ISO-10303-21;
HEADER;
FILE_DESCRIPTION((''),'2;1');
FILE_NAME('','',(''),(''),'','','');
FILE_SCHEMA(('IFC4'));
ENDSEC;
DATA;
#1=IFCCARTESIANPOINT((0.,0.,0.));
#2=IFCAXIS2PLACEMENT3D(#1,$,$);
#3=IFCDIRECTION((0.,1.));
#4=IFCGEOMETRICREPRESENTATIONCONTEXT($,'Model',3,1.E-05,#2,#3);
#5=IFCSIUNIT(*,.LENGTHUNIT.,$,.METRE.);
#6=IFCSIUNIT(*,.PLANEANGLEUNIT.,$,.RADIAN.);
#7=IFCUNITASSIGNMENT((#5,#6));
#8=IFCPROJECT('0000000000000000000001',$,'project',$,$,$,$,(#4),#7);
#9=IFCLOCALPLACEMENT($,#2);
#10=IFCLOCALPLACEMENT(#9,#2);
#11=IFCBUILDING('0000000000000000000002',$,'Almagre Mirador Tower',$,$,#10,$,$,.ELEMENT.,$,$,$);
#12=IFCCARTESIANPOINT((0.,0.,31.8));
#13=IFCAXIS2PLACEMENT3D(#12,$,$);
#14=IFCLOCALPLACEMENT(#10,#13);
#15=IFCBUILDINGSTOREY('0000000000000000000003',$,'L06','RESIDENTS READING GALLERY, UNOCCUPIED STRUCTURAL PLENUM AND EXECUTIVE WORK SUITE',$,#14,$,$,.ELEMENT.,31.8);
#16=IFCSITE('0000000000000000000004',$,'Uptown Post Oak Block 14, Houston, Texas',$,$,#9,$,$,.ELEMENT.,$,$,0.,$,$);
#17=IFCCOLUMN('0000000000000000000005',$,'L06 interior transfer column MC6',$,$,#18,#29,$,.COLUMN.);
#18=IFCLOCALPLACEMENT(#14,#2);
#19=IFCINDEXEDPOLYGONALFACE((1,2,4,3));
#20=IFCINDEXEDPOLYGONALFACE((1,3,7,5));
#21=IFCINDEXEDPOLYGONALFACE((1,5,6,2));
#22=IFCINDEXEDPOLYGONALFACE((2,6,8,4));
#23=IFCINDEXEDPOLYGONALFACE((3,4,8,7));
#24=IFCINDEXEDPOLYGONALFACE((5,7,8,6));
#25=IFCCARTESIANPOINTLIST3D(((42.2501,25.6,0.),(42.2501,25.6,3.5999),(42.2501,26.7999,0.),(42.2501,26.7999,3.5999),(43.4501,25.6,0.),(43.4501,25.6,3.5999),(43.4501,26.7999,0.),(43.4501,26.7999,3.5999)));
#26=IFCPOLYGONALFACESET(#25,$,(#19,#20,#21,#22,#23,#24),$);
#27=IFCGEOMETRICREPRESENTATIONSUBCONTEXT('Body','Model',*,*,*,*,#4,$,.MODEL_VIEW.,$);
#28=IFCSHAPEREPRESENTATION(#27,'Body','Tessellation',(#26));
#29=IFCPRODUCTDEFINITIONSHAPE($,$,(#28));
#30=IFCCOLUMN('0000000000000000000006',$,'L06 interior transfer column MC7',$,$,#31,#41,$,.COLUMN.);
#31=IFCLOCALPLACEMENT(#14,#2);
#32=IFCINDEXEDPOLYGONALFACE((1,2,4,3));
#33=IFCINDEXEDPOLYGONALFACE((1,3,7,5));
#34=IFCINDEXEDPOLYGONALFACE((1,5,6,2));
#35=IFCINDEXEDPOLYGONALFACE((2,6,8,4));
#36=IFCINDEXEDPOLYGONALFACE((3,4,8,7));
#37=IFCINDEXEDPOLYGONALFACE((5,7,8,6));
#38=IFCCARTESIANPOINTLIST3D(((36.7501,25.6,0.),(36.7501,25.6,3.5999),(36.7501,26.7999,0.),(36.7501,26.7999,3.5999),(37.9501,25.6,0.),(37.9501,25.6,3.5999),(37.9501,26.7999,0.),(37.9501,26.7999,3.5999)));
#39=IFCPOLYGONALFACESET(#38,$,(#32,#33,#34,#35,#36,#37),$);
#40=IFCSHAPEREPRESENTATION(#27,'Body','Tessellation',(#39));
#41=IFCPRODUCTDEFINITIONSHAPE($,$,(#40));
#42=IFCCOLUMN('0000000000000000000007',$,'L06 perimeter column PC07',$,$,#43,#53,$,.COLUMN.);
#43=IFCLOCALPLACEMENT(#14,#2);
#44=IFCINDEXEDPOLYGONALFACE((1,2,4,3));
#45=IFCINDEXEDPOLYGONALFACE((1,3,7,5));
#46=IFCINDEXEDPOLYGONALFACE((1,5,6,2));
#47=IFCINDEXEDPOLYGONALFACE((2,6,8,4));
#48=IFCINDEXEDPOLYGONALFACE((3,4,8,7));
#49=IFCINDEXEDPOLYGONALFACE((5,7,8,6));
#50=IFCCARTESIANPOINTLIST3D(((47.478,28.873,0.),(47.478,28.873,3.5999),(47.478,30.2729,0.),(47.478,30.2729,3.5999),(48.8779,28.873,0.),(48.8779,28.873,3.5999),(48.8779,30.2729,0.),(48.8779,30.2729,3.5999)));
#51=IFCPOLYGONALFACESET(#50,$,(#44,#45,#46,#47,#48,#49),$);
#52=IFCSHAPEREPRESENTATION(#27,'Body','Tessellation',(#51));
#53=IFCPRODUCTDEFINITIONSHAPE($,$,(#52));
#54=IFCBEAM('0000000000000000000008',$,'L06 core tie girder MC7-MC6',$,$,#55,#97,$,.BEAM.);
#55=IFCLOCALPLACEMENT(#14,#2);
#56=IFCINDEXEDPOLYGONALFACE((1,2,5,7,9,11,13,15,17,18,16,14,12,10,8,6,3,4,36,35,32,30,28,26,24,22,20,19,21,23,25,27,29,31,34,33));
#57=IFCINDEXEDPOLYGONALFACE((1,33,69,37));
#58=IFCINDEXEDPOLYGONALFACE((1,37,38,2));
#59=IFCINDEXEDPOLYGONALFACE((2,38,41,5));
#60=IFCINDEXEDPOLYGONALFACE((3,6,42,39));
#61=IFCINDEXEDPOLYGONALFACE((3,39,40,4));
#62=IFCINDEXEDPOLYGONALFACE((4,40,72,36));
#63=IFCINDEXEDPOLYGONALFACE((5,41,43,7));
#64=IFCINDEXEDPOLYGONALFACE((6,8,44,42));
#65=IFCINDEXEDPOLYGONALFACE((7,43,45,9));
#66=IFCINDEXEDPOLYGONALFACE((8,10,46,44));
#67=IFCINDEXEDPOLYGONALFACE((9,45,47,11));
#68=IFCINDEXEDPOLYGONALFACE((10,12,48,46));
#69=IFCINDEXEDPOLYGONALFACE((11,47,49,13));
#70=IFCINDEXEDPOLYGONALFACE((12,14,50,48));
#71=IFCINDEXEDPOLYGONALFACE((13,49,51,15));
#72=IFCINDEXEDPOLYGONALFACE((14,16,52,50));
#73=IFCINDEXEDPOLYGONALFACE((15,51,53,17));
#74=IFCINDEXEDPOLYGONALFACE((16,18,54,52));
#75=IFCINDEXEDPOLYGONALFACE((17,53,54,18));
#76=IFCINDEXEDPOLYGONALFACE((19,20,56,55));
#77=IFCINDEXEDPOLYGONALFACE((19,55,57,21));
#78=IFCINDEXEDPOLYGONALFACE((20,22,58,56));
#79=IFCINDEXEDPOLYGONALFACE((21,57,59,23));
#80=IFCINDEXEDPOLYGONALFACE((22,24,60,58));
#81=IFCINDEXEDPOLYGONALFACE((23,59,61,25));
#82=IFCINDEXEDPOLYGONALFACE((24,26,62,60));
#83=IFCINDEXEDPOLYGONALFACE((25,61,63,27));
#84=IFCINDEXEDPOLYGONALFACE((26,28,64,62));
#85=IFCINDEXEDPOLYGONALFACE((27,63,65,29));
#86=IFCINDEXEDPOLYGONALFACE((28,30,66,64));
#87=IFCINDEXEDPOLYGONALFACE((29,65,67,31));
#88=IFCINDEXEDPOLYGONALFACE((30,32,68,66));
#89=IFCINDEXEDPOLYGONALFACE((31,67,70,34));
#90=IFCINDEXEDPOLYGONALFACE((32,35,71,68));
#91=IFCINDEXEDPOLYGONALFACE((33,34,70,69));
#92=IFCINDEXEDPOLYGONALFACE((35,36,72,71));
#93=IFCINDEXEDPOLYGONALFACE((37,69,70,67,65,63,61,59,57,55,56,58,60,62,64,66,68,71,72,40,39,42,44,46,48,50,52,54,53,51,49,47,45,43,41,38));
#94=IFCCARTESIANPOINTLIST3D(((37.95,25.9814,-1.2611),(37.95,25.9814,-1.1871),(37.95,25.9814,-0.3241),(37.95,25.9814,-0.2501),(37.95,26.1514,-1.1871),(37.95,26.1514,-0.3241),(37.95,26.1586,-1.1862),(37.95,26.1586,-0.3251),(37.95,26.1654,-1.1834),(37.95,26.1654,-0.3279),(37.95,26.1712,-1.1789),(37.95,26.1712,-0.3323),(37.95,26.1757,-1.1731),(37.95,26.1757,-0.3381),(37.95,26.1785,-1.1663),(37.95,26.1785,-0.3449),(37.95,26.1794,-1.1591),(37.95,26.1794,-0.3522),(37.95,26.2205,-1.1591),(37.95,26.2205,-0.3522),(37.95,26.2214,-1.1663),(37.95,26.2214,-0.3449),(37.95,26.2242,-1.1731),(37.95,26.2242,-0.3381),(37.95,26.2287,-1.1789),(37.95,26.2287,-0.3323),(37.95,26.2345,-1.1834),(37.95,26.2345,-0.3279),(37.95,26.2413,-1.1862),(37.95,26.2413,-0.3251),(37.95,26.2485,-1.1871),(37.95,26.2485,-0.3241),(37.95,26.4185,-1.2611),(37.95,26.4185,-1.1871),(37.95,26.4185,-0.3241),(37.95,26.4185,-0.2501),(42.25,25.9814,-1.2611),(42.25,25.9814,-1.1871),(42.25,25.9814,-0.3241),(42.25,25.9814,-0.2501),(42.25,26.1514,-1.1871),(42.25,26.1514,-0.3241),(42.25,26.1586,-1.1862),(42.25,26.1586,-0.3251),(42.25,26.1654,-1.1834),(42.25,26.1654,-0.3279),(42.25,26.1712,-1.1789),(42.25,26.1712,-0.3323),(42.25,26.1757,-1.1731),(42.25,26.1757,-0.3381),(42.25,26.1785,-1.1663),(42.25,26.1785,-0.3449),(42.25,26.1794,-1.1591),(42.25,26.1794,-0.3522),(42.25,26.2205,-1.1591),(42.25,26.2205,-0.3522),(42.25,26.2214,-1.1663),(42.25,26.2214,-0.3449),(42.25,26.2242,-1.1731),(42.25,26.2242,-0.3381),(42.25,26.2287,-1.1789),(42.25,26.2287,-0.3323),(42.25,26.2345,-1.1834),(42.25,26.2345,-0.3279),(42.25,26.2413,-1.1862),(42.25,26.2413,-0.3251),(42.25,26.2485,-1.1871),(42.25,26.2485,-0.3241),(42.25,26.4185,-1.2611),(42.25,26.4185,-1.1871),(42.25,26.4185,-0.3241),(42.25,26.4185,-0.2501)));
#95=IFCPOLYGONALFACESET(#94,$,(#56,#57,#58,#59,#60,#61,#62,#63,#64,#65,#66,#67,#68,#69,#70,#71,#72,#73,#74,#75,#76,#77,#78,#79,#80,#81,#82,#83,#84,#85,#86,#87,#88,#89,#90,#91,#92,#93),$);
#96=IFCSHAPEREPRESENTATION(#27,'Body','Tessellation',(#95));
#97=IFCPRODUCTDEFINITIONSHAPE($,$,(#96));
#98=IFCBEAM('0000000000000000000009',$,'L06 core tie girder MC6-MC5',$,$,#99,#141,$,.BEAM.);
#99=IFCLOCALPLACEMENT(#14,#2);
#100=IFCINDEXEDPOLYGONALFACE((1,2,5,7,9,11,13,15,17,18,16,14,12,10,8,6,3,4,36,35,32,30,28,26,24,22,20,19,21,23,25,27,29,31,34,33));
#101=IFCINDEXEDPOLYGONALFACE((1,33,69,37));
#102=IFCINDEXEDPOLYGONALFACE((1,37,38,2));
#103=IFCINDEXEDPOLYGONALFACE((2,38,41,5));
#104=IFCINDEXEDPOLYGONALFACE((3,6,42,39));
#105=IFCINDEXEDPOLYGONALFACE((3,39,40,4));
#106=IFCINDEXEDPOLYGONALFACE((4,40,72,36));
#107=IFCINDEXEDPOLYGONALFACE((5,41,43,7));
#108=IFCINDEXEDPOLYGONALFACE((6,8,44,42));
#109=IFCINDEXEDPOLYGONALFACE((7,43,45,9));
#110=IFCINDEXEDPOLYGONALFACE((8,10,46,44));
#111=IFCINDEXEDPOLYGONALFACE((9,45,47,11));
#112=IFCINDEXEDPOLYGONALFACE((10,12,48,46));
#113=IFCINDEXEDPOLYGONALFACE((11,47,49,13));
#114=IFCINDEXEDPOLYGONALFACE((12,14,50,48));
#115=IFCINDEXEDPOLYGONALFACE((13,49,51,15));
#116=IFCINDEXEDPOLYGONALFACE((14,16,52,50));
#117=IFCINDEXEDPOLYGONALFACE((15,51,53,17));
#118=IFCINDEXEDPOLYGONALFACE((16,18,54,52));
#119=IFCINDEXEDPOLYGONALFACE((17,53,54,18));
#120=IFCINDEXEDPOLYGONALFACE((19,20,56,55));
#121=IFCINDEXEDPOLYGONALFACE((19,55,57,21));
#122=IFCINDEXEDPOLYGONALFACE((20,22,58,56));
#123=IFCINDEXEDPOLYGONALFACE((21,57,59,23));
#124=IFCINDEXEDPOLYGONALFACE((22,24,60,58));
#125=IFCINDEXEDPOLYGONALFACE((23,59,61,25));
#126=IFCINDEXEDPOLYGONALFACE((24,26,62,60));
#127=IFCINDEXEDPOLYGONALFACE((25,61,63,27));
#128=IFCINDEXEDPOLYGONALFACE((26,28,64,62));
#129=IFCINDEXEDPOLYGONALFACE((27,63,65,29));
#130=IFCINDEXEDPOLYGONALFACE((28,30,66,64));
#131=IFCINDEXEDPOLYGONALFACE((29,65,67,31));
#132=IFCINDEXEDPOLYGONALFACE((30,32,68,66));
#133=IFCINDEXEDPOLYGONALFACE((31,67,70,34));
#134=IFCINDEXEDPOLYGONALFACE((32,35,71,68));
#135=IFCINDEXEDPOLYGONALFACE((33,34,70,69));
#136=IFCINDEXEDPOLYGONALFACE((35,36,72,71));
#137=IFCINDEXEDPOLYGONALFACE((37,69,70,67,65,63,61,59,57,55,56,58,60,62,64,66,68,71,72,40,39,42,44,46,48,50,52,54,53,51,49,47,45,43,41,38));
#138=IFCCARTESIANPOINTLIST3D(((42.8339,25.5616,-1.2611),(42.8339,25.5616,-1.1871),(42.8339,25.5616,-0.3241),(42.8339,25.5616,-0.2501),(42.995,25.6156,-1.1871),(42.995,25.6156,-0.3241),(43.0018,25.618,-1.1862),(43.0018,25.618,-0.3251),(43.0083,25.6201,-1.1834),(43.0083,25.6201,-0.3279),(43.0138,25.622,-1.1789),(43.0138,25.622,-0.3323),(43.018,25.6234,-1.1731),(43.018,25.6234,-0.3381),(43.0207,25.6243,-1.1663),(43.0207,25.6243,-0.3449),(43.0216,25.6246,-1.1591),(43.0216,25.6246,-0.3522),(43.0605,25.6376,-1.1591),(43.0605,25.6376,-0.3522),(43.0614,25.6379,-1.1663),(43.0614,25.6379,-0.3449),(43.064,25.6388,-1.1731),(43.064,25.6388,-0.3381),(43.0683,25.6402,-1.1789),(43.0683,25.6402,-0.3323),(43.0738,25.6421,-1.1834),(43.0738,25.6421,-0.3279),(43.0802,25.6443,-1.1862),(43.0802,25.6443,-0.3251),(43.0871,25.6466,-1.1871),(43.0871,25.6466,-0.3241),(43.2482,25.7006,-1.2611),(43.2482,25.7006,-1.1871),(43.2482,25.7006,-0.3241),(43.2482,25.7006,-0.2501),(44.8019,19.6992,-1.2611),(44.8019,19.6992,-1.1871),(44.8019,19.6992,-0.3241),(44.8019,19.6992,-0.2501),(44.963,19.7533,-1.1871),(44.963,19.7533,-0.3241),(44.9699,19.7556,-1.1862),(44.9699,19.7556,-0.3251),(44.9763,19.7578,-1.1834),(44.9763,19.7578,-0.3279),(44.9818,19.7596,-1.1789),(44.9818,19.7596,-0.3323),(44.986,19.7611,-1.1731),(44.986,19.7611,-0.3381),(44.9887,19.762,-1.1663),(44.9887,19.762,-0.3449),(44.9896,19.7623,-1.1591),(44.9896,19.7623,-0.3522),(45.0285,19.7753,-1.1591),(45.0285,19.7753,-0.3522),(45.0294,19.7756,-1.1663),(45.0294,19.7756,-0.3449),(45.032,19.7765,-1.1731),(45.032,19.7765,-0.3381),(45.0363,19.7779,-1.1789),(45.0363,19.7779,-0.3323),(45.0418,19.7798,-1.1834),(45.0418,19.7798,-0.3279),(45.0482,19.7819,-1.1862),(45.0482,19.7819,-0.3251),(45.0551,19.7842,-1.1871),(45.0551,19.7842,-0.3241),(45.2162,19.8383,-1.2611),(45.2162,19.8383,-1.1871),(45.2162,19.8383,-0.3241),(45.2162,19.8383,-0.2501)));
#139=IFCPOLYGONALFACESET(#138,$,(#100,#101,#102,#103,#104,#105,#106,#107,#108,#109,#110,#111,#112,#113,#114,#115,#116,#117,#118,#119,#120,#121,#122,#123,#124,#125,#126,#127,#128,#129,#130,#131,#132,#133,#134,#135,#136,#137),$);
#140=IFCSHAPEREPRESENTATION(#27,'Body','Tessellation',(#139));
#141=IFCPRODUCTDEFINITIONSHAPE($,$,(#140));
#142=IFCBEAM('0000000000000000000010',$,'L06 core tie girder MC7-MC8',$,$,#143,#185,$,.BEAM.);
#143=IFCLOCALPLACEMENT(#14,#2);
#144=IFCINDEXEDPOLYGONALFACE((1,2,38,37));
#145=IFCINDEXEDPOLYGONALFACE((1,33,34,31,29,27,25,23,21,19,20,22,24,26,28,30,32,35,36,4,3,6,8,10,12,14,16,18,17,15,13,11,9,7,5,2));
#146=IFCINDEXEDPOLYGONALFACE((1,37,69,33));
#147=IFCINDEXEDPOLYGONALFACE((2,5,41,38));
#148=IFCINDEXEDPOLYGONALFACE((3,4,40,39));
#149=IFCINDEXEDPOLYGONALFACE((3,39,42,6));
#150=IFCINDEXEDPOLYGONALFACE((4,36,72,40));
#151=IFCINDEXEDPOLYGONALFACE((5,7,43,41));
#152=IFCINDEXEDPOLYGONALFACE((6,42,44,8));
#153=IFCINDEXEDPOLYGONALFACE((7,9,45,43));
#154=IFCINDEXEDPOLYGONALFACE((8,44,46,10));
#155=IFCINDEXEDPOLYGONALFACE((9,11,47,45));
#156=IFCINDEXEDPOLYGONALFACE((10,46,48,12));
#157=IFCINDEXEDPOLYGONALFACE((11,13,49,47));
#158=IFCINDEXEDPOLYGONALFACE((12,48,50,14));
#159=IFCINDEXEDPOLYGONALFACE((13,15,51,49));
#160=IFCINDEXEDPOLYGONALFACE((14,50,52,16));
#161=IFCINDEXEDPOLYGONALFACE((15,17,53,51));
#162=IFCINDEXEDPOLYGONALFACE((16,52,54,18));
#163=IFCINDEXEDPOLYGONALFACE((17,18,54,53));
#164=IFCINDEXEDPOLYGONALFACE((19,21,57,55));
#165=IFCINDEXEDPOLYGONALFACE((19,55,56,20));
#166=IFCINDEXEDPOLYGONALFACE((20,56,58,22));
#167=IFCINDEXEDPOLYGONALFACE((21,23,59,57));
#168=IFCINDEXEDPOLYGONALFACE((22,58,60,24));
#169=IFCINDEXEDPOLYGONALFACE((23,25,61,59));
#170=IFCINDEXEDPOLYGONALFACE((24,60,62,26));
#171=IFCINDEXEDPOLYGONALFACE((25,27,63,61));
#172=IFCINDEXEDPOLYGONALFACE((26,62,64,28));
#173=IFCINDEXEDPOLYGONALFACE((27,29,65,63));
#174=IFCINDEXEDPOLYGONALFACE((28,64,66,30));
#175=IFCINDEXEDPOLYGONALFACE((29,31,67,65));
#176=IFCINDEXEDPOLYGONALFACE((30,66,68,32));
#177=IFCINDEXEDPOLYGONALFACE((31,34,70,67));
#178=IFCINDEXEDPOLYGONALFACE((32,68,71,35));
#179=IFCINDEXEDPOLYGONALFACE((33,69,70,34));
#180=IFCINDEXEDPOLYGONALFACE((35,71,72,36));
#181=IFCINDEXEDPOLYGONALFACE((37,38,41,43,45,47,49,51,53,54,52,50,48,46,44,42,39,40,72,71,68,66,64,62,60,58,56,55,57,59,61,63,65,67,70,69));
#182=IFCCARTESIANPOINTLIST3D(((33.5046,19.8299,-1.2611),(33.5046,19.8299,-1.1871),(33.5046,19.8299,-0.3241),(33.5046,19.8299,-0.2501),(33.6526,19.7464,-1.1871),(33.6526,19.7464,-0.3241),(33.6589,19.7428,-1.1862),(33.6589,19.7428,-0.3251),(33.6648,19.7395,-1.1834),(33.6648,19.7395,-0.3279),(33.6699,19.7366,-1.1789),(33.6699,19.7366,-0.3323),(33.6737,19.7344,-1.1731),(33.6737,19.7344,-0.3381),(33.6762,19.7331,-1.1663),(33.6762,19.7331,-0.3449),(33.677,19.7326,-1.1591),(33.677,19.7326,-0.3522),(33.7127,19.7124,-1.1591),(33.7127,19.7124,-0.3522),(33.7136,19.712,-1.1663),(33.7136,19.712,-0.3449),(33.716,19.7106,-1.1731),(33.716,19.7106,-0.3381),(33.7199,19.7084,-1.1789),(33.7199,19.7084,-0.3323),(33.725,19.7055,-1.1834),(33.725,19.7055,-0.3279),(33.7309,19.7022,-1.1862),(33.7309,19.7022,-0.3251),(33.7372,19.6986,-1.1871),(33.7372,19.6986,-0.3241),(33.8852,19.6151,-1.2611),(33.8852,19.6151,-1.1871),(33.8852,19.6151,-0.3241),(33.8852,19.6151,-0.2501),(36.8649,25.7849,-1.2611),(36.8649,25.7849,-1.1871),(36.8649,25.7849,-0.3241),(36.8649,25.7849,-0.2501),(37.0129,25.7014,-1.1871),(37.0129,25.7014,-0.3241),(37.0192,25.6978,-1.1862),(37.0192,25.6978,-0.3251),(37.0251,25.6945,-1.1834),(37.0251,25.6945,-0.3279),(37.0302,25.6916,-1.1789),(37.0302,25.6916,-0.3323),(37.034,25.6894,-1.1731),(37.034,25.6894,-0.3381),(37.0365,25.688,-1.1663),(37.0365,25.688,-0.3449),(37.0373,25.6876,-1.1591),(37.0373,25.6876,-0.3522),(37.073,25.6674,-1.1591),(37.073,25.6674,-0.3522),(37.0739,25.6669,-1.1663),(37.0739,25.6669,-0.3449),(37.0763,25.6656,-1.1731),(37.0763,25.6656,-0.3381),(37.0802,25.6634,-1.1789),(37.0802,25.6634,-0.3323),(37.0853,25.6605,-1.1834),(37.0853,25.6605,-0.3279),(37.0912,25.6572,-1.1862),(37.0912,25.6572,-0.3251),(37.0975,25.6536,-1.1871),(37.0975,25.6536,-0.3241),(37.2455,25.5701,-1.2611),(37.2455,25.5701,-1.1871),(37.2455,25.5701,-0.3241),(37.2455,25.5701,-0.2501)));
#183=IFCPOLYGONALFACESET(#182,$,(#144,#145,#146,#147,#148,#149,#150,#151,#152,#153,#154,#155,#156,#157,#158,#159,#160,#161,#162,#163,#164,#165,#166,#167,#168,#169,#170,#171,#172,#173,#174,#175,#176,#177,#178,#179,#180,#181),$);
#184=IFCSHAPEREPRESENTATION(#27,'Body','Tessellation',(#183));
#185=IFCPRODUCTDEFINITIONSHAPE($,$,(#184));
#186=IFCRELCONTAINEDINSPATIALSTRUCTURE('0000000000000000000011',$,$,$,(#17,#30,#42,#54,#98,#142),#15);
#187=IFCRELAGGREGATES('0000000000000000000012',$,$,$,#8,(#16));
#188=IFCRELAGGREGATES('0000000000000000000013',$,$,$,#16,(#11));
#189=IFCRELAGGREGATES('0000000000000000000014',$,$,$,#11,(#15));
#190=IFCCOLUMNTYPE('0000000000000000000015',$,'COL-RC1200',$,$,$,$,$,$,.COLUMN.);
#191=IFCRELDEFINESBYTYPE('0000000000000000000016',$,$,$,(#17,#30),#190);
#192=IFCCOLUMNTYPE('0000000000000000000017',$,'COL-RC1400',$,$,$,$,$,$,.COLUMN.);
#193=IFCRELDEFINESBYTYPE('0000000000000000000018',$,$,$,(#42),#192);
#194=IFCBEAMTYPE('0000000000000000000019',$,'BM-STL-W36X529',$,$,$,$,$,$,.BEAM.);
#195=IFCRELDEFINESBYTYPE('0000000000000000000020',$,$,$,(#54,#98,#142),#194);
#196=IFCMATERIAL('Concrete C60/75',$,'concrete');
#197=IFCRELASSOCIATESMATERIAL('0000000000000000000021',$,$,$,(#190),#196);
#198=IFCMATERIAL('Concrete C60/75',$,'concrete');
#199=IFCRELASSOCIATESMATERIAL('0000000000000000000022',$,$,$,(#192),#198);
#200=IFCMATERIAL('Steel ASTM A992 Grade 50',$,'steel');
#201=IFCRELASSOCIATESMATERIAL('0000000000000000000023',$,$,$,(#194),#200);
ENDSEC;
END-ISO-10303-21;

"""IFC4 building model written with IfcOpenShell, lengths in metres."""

from ifc_helpers import new_model, si_unit, direction, frame, origin, origin_2d, place, context, subcontext, project, spatial, rectangle, i_section, extrude, material, material_profile, profile_set, type_object, element, save


model = new_model("IFC4")

# Units and contexts
model_context = context("Model", 3, precision=1e-05, world=origin(), true_north=direction((0.0, 1.0)))
body_context = subcontext(model_context, "Body", "Model", "MODEL_VIEW")
ifc_project = project(units=[si_unit("LENGTHUNIT", "METRE"), si_unit("PLANEANGLEUNIT", "RADIAN")], contexts=[model_context])

# Site, building, storey
site_placement = place(None, origin())
site = spatial("IfcSite", under=ifc_project, at=site_placement, Name="Uptown Post Oak Block 14, Houston, Texas", CompositionType="ELEMENT", RefElevation=0.0)
building_placement = place(site_placement, origin())
building = spatial("IfcBuilding", under=site, at=building_placement, Name="Almagre Mirador Tower", CompositionType="ELEMENT")
storey_placement = place(building_placement, frame((0.0, 0.0, 31.8)))
storey = spatial("IfcBuildingStorey", under=building, at=storey_placement, Name="L06", Description="RESIDENTS READING GALLERY, UNOCCUPIED STRUCTURAL PLENUM AND EXECUTIVE WORK SUITE", CompositionType="ELEMENT", Elevation=31.8)

# Columns
ifc_material_1 = material(Name="Concrete C60/75", Category="concrete")
ifc_material_profile_1 = material_profile(ifc_material_1, rectangle(XDim=1.2, YDim=1.2, at=origin_2d()), Name="RC1200X1200")
ifc_profile_set_1 = profile_set([ifc_material_profile_1], Name="Concrete C60/75")
column_type_1 = type_object("IfcColumnType", Name="COL-RC1200", PredefinedType="COLUMN", material=ifc_profile_set_1)
for number, where, z_axis, x_axis, name in (
    (1, (42.8501, 26.2, 0.0), (0.0, 0.0, 1.0), (1.0, 0.0, 0.0), "L06 interior transfer column MC6"),
    (2, (37.3501, 26.2, 0.0), (0.0, 0.0, 1.0), (1.0, 0.0, 0.0), "L06 interior transfer column MC7"),
):
    element("IfcColumn", number, at=place(storey_placement, frame(where, z_axis=z_axis, x_axis=x_axis)), inside=storey, type_object=column_type_1, Name=name, PredefinedType="COLUMN", context=body_context, shape_type="SweptSolid", body=[
        extrude(rectangle(XDim=1.2, YDim=1.2, at=origin_2d()), origin(), (0.0, 0.0, 1.0), 3.5999),
    ])
ifc_material_2 = material(Name="Concrete C60/75", Category="concrete")
ifc_material_profile_2 = material_profile(ifc_material_2, rectangle(XDim=1.3999, YDim=1.3999, at=origin_2d()), Name="RC1400X1400")
ifc_profile_set_2 = profile_set([ifc_material_profile_2], Name="Concrete C60/75")
column_type_2 = type_object("IfcColumnType", Name="COL-RC1400", PredefinedType="COLUMN", material=ifc_profile_set_2)
column_placement = place(storey_placement, frame((48.178, 29.573, 0.0), z_axis=(0.0, 0.0, 1.0), x_axis=(1.0, 0.0, 0.0)))
element("IfcColumn", 3, at=column_placement, inside=storey, type_object=column_type_2, Name="L06 perimeter column PC07", PredefinedType="COLUMN", context=body_context, shape_type="SweptSolid", body=[
    extrude(rectangle(XDim=1.3999, YDim=1.3999, at=origin_2d()), origin(), (0.0, 0.0, 1.0), 3.5999),
])

# Beams
ifc_material_3 = material(Name="Steel ASTM A992 Grade 50", Category="steel")
ifc_material_profile_3 = material_profile(ifc_material_3, i_section(OverallWidth=0.437, OverallDepth=1.011, WebThickness=0.041, FlangeThickness=0.074, FilletRadius=0.0281, at=origin_2d()), Name="W36X529")
ifc_profile_set_3 = profile_set([ifc_material_profile_3], Name="Steel ASTM A992 Grade 50")
beam_type_1 = type_object("IfcBeamType", Name="BM-STL-W36X529", PredefinedType="BEAM", material=ifc_profile_set_3)
beam_1_placement = place(storey_placement, frame((37.95, 26.2, -0.7556), z_axis=(1.0, 0.0, 0.0), x_axis=(0.0, 1.0, 0.0)))
element("IfcBeam", 4, at=beam_1_placement, inside=storey, type_object=beam_type_1, Name="L06 core tie girder MC7-MC6", PredefinedType="BEAM", context=body_context, shape_type="SweptSolid", body=[
    extrude(i_section(OverallWidth=0.437, OverallDepth=1.011, WebThickness=0.041, FlangeThickness=0.074, FilletRadius=0.0281, at=origin_2d()), origin(), (0.0, 0.0, 1.0), 4.3),
])
beam_2_placement = place(storey_placement, frame((43.041, 25.6311, -0.7556), z_axis=(0.318252, -0.948006, 0.0), x_axis=(0.948006, 0.318252, 0.0)))
element("IfcBeam", 5, at=beam_2_placement, inside=storey, type_object=beam_type_1, Name="L06 core tie girder MC6-MC5", PredefinedType="BEAM", context=body_context, shape_type="SweptSolid", body=[
    extrude(i_section(OverallWidth=0.437, OverallDepth=1.011, WebThickness=0.041, FlangeThickness=0.074, FilletRadius=0.0281, at=origin_2d()), origin(), (0.0, 0.0, 1.0), 6.1838),
])
beam_3_placement = place(storey_placement, frame((37.0552, 25.6775, -0.7556), z_axis=(-0.491441, -0.870911, 0.0), x_axis=(0.870911, -0.491441, 0.0)))
element("IfcBeam", 6, at=beam_3_placement, inside=storey, type_object=beam_type_1, Name="L06 core tie girder MC7-MC8", PredefinedType="BEAM", context=body_context, shape_type="SweptSolid", body=[
    extrude(i_section(OverallWidth=0.437, OverallDepth=1.011, WebThickness=0.041, FlangeThickness=0.074, FilletRadius=0.0281, at=origin_2d()), origin(), (0.0, 0.0, 1.0), 6.8376),
])

save(model, "model.ifc")
